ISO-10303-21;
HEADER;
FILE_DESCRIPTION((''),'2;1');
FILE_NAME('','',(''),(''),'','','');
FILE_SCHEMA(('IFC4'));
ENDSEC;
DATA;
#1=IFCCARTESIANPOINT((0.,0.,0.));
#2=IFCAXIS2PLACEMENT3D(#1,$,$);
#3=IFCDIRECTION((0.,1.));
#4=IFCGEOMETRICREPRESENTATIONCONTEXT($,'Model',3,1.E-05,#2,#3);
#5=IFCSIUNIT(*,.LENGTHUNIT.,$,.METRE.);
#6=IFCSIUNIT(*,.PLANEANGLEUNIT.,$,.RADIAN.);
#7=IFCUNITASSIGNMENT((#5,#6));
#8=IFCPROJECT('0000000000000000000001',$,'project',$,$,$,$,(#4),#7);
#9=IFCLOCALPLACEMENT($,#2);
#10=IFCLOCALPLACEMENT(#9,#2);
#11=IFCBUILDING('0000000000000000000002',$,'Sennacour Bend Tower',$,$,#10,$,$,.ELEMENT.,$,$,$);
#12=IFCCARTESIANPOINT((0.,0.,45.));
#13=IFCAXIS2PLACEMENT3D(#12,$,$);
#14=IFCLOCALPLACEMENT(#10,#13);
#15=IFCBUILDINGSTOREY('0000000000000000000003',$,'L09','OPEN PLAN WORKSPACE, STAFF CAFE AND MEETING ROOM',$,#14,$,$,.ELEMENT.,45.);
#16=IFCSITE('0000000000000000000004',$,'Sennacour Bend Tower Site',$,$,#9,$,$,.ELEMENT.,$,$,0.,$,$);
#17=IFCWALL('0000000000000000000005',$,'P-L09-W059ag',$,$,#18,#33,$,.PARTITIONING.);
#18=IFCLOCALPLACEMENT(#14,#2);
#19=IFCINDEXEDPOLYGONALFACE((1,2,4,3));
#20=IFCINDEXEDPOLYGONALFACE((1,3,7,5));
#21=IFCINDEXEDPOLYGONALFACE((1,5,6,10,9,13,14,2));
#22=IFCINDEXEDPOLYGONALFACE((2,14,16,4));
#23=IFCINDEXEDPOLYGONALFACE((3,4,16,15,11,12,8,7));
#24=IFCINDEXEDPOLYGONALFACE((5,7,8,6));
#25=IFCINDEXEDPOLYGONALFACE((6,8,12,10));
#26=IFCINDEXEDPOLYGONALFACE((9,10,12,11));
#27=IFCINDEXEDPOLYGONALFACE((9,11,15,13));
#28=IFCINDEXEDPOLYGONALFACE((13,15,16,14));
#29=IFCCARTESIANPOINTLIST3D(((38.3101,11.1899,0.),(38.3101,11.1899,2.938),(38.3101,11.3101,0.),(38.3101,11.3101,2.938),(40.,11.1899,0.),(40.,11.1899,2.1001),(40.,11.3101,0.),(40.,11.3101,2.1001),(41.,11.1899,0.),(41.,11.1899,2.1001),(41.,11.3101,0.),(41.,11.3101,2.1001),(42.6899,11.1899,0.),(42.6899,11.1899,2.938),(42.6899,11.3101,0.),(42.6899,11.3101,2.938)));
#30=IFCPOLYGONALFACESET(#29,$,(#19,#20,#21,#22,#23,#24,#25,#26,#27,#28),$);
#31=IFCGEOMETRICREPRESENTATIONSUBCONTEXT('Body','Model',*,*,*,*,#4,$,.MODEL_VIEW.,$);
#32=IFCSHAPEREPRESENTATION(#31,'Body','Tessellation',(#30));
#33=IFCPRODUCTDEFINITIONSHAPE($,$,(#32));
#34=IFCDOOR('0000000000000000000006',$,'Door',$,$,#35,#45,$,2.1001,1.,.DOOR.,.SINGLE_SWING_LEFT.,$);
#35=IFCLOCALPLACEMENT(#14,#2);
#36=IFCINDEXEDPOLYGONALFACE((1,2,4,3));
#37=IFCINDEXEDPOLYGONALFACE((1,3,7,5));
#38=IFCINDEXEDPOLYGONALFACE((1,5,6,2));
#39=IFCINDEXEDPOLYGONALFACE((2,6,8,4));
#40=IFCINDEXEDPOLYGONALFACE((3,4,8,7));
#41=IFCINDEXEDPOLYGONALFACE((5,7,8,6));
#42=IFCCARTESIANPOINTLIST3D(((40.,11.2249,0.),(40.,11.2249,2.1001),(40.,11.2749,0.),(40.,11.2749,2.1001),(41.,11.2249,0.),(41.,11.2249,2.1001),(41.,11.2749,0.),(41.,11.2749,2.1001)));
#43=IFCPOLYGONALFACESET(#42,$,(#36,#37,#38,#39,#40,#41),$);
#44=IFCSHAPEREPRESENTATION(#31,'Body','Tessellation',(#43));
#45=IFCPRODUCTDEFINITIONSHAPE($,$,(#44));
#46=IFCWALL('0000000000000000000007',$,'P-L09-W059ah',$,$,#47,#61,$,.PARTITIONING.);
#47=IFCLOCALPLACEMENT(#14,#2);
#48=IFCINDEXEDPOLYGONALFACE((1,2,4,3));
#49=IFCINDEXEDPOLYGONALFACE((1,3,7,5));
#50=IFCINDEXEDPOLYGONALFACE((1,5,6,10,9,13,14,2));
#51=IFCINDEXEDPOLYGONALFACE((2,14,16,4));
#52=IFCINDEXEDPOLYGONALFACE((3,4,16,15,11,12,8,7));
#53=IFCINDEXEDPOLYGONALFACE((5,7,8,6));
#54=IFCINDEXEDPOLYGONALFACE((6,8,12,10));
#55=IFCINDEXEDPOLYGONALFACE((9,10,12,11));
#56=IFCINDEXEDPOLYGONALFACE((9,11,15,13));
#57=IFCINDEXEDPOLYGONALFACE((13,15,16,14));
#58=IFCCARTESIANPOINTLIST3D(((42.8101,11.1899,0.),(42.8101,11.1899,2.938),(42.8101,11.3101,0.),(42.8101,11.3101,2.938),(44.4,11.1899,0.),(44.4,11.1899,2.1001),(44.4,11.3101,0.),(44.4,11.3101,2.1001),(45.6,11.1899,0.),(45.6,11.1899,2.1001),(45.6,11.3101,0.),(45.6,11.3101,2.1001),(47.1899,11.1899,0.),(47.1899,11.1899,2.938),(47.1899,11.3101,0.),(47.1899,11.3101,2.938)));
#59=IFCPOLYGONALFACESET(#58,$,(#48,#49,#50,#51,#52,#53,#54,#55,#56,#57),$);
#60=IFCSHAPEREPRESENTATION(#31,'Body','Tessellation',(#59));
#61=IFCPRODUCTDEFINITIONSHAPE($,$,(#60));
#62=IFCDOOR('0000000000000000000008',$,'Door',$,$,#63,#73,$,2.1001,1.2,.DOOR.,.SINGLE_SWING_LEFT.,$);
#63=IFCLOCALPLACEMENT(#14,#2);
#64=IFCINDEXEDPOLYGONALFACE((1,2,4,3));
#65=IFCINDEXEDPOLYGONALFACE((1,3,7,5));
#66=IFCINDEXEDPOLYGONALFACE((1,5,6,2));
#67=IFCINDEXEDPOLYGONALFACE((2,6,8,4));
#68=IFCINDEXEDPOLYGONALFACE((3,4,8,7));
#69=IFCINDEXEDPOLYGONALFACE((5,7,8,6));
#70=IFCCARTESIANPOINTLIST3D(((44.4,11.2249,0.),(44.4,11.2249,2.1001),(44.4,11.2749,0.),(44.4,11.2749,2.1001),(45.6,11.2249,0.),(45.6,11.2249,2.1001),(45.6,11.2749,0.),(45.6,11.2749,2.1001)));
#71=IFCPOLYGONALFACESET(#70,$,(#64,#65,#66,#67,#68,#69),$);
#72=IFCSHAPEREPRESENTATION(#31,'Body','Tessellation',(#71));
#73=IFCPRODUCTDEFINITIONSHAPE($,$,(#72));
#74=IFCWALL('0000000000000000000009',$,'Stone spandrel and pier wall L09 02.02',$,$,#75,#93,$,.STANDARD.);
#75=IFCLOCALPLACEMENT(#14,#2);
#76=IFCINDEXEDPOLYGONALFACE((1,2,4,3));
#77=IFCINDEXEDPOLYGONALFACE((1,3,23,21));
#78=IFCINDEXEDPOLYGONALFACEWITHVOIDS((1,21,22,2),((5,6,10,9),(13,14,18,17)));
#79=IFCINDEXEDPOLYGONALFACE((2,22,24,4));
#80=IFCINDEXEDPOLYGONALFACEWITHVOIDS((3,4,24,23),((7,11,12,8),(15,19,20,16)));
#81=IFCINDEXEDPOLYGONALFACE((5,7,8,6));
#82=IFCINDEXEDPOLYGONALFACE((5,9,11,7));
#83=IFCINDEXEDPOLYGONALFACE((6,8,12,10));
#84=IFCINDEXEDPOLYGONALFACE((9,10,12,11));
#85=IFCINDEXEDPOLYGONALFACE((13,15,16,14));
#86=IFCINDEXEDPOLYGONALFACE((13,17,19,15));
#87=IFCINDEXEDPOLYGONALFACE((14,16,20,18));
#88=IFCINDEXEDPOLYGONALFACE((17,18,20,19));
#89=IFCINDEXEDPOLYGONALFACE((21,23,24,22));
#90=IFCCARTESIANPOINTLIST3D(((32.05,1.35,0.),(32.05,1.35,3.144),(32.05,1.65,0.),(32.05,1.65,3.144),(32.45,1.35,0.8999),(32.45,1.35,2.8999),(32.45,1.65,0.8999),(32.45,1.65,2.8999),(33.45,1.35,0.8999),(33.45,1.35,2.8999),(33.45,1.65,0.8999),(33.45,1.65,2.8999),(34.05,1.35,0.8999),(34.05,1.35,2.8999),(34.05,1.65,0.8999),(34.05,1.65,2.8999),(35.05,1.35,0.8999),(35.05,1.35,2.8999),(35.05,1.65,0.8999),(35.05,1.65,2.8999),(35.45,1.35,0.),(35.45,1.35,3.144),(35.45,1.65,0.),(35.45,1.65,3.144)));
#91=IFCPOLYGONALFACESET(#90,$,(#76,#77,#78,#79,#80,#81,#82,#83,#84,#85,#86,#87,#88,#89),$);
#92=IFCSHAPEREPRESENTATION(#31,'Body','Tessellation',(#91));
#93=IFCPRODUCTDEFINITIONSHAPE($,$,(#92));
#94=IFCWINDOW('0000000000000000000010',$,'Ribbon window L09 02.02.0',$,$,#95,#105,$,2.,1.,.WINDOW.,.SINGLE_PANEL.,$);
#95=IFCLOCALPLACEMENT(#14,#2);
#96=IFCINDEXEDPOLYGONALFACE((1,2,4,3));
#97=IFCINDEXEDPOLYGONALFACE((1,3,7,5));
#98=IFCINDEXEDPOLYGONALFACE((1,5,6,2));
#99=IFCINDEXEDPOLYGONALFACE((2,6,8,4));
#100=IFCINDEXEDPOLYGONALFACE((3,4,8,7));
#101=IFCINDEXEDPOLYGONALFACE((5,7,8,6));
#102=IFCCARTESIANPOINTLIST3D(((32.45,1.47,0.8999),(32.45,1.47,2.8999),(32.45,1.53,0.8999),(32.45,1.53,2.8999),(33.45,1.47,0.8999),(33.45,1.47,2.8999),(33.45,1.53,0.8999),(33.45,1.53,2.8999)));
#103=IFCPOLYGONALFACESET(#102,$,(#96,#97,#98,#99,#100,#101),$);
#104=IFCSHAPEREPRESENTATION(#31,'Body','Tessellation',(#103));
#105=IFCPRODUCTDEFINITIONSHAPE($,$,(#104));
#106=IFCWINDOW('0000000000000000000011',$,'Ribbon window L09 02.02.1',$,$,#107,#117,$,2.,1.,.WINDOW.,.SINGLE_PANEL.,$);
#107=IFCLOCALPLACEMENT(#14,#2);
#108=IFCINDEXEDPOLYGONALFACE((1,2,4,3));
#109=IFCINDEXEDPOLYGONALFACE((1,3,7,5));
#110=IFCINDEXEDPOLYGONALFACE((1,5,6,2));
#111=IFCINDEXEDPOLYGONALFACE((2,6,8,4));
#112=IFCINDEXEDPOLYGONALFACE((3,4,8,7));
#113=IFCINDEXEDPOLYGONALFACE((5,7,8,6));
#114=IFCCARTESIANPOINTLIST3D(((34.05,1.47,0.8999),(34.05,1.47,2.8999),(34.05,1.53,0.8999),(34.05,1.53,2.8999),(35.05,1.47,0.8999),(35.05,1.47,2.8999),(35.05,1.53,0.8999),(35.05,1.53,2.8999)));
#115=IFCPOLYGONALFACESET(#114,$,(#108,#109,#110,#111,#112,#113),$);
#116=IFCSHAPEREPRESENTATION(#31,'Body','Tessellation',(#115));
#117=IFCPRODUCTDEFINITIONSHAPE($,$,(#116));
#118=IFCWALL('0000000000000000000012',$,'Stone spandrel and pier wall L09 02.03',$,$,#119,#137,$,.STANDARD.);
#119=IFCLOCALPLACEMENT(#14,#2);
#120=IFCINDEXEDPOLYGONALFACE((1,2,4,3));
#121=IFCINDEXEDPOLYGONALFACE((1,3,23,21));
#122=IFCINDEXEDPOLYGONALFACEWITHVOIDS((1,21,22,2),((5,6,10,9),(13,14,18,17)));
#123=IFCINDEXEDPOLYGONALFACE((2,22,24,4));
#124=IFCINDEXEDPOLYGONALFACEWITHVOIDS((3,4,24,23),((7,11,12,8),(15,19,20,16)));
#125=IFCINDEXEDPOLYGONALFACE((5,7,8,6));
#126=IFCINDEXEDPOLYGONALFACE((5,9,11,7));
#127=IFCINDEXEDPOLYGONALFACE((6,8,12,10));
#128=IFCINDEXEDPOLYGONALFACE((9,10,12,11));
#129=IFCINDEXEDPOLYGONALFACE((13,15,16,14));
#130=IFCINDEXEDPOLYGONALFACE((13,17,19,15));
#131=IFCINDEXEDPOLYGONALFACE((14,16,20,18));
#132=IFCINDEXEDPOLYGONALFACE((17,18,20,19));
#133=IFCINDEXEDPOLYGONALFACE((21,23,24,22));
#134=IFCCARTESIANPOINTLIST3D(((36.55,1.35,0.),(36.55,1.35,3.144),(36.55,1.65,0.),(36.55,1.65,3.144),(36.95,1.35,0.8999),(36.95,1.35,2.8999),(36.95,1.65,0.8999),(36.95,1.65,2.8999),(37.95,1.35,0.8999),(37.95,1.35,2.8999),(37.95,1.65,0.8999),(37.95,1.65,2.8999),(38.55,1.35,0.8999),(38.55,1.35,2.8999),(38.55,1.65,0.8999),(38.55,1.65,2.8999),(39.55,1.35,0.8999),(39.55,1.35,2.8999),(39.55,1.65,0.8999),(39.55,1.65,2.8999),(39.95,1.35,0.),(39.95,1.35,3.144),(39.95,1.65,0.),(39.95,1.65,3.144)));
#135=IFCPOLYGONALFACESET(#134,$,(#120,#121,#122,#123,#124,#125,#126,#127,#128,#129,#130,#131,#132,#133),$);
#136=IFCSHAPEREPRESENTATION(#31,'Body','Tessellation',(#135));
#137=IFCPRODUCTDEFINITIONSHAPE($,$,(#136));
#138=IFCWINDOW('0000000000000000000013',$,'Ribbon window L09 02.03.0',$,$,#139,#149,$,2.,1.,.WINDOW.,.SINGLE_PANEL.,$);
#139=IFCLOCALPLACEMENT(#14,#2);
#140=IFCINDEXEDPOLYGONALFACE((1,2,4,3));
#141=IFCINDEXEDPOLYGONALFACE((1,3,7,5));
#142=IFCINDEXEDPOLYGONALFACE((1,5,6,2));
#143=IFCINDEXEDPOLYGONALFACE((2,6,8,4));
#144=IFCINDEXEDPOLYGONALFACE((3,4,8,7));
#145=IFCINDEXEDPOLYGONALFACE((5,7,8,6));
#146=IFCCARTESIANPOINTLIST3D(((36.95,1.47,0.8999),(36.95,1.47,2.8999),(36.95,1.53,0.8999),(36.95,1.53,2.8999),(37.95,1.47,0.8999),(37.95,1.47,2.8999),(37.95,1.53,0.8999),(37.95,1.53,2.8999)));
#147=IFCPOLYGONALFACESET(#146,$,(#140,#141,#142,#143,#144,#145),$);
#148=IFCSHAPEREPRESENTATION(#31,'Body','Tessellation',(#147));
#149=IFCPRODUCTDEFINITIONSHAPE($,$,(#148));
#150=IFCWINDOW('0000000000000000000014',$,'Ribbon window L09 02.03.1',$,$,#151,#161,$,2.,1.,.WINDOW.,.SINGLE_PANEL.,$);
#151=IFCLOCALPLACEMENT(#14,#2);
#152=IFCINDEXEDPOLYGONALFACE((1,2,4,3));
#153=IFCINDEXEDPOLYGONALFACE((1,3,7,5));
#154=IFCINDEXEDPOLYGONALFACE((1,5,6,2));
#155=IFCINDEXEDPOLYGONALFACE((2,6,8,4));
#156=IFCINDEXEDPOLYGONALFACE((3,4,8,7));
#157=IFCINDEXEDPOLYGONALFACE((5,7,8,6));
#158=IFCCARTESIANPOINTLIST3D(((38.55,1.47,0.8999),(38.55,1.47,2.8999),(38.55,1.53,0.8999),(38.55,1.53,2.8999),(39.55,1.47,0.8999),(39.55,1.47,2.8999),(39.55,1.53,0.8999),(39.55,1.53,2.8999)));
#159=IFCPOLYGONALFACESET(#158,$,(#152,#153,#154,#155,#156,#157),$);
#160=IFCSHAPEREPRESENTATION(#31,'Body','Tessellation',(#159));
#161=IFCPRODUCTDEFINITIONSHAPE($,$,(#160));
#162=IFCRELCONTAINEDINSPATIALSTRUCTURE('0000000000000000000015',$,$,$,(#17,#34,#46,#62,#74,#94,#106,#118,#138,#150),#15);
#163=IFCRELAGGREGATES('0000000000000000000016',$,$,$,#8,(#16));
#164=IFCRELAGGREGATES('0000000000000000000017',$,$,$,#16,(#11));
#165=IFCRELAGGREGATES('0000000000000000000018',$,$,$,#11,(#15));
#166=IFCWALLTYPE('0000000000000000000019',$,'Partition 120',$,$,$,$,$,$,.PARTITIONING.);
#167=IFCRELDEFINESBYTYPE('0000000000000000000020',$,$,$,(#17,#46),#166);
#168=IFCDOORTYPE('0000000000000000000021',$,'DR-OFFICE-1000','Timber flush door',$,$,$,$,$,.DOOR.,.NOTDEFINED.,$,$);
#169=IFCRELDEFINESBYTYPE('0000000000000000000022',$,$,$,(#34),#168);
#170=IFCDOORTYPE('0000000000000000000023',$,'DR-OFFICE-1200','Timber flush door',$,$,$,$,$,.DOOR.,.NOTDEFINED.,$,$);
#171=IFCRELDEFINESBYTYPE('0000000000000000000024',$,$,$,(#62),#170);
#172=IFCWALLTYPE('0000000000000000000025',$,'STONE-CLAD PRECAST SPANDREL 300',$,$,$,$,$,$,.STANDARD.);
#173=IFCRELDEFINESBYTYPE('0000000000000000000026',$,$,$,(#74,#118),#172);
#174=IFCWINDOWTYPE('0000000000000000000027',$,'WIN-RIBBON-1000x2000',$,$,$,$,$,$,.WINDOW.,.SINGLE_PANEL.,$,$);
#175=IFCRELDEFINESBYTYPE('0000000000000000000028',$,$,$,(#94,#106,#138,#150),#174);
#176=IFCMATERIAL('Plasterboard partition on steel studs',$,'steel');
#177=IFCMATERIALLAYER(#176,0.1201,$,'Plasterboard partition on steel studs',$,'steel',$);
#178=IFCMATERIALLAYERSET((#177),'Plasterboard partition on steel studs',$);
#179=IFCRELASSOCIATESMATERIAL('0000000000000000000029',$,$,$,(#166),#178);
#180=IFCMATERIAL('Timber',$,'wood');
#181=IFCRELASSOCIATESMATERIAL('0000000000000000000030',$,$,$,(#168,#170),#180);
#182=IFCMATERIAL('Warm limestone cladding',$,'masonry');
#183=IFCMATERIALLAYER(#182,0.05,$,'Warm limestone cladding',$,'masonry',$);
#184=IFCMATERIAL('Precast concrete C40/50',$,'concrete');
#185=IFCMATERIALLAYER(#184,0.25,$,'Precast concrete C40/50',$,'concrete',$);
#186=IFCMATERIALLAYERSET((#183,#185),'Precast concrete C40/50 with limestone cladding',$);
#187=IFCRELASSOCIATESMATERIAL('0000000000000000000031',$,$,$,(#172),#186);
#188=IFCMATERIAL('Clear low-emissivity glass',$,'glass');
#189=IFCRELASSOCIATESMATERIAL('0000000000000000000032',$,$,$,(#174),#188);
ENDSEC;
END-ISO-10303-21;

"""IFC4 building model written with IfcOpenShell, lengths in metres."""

from ifc_helpers import new_model, si_unit, direction, frame, frame_2d, origin, place, context, subcontext, project, spatial, rectangle, extrude, material, layer, layer_set, type_object, element, fill, save


model = new_model("IFC4")

# Units and contexts
model_context = context("Model", 3, precision=1e-05, world=origin(), true_north=direction((0.0, 1.0)))
body_context = subcontext(model_context, "Body", "Model", "MODEL_VIEW")
ifc_project = project(units=[si_unit("LENGTHUNIT", "METRE"), si_unit("PLANEANGLEUNIT", "RADIAN")], contexts=[model_context])

# Site, building, storey
site_placement = place(None, origin())
site = spatial("IfcSite", under=ifc_project, at=site_placement, Name="Sennacour Bend Tower Site", CompositionType="ELEMENT", RefElevation=0.0)
building_placement = place(site_placement, origin())
building = spatial("IfcBuilding", under=site, at=building_placement, Name="Sennacour Bend Tower", CompositionType="ELEMENT")
storey_placement = place(building_placement, frame((0.0, 0.0, 45.0)))
storey = spatial("IfcBuildingStorey", under=building, at=storey_placement, Name="L09", Description="OPEN PLAN WORKSPACE, STAFF CAFE AND MEETING ROOM", CompositionType="ELEMENT", Elevation=45.0)

# Shared definitions
ifc_material_1 = material(Name="Plasterboard partition on steel studs", Category="steel")
ifc_layer_1 = layer(ifc_material_1, 0.1201, Name="Plasterboard partition on steel studs", Category="steel")
ifc_layer_set_1 = layer_set([ifc_layer_1], Name="Plasterboard partition on steel studs")
wall_type_1 = type_object("IfcWallType", Name="Partition 120", PredefinedType="PARTITIONING", material=ifc_layer_set_1)

# Walls, openings, doors
wall_1_placement = place(storey_placement, frame((38.3101, 11.25, 0.0), z_axis=(0.0, 0.0, 1.0), x_axis=(1.0, 0.0, 0.0)))
wall_1 = element("IfcWall", 1, at=wall_1_placement, inside=storey, type_object=wall_type_1, Name="P-L09-W059ag", PredefinedType="PARTITIONING", context=body_context, shape_type="SweptSolid", body=[
    extrude(rectangle(XDim=4.3799, YDim=0.1201, at=frame_2d((2.1899, 0.0))), origin(), (0.0, 0.0, 1.0), 2.938),
])
opening_1_placement = place(wall_1_placement, frame((1.6899, 0.0, 0.0)))
opening_1 = element("IfcOpeningElement", 2, at=opening_1_placement, cuts=wall_1, PredefinedType="OPENING", context=body_context, shape_type="SweptSolid", body=[
    extrude(rectangle(XDim=1.0, YDim=2.1001, at=frame_2d((0.5, 1.05))), frame((0.0, 0.0701, 0.0), z_axis=(0.0, -1.0, 0.0), x_axis=(1.0, 0.0, 0.0)), (0.0, 0.0, 1.0), 0.1401),
])
ifc_material_2 = material(Name="Timber", Category="wood")
door_type_1 = type_object("IfcDoorType", Name="DR-OFFICE-1000", Description="Timber flush door", OperationType="NOTDEFINED", PredefinedType="DOOR", material=ifc_material_2)
door_1_placement = place(opening_1_placement, origin())
door_1 = element("IfcDoor", 3, at=door_1_placement, inside=storey, type_object=door_type_1, Name="Door", OperationType="SINGLE_SWING_LEFT", OverallHeight=2.1001, OverallWidth=1.0, PredefinedType="DOOR", context=body_context, shape_type="SweptSolid", body=[
    extrude(rectangle(XDim=1.0, YDim=2.1001, at=frame_2d((0.5, 1.05))), frame((0.0, 0.0249, 0.0), z_axis=(0.0, -1.0, 0.0), x_axis=(1.0, 0.0, 0.0)), (0.0, 0.0, 1.0), 0.05),
])
fill(opening_1, door_1)
wall_2_placement = place(storey_placement, frame((42.8101, 11.25, 0.0), z_axis=(0.0, 0.0, 1.0), x_axis=(1.0, 0.0, 0.0)))
wall_2 = element("IfcWall", 4, at=wall_2_placement, inside=storey, type_object=wall_type_1, Name="P-L09-W059ah", PredefinedType="PARTITIONING", context=body_context, shape_type="SweptSolid", body=[
    extrude(rectangle(XDim=4.3799, YDim=0.1201, at=frame_2d((2.1899, 0.0))), origin(), (0.0, 0.0, 1.0), 2.938),
])
opening_2_placement = place(wall_2_placement, frame((1.5898, 0.0, 0.0)))
opening_2 = element("IfcOpeningElement", 5, at=opening_2_placement, cuts=wall_2, PredefinedType="OPENING", context=body_context, shape_type="SweptSolid", body=[
    extrude(rectangle(XDim=1.2, YDim=2.1001, at=frame_2d((0.6001, 1.05))), frame((0.0, 0.0701, 0.0), z_axis=(0.0, -1.0, 0.0), x_axis=(1.0, 0.0, 0.0)), (0.0, 0.0, 1.0), 0.1401),
])
door_type_2 = type_object("IfcDoorType", Name="DR-OFFICE-1200", Description="Timber flush door", OperationType="NOTDEFINED", PredefinedType="DOOR", material=ifc_material_2)
door_2_placement = place(opening_2_placement, origin())
door_2 = element("IfcDoor", 6, at=door_2_placement, inside=storey, type_object=door_type_2, Name="Door", OperationType="SINGLE_SWING_LEFT", OverallHeight=2.1001, OverallWidth=1.2, PredefinedType="DOOR", context=body_context, shape_type="SweptSolid", body=[
    extrude(rectangle(XDim=1.2, YDim=2.1001, at=frame_2d((0.6001, 1.05))), frame((0.0, 0.0249, 0.0), z_axis=(0.0, -1.0, 0.0), x_axis=(1.0, 0.0, 0.0)), (0.0, 0.0, 1.0), 0.05),
])
fill(opening_2, door_2)

# Walls, openings, windows
ifc_material_3 = material(Name="Warm limestone cladding", Category="masonry")
ifc_layer_2 = layer(ifc_material_3, 0.05, Name="Warm limestone cladding", Category="masonry")
ifc_material_4 = material(Name="Precast concrete C40/50", Category="concrete")
ifc_layer_3 = layer(ifc_material_4, 0.25, Name="Precast concrete C40/50", Category="concrete")
ifc_layer_set_2 = layer_set([ifc_layer_2, ifc_layer_3], Name="Precast concrete C40/50 with limestone cladding")
wall_type_2 = type_object("IfcWallType", Name="STONE-CLAD PRECAST SPANDREL 300", PredefinedType="STANDARD", material=ifc_layer_set_2)
wall_3_placement = place(storey_placement, frame((32.05, 1.5, 0.0), z_axis=(0.0, 0.0, 1.0), x_axis=(1.0, 0.0, 0.0)))
wall_3 = element("IfcWall", 7, at=wall_3_placement, inside=storey, type_object=wall_type_2, Name="Stone spandrel and pier wall L09 02.02", PredefinedType="STANDARD", context=body_context, shape_type="SweptSolid", body=[
    extrude(rectangle(XDim=3.3999, YDim=0.3, at=frame_2d((1.7, 0.0))), origin(), (0.0, 0.0, 1.0), 3.144),
])
opening_3_placement = place(wall_3_placement, frame((0.3999, 0.0, 0.8999)))
opening_3 = element("IfcOpeningElement", 8, at=opening_3_placement, cuts=wall_3, PredefinedType="OPENING", context=body_context, shape_type="SweptSolid", body=[
    extrude(rectangle(XDim=1.0, YDim=2.0, at=frame_2d((0.5, 1.0))), frame((0.0, 0.1602, 0.0), z_axis=(0.0, -1.0, 0.0), x_axis=(1.0, 0.0, 0.0)), (0.0, 0.0, 1.0), 0.3201),
])
opening_4_placement = place(wall_3_placement, frame((2.0, 0.0, 0.8999)))
opening_4 = element("IfcOpeningElement", 9, at=opening_4_placement, cuts=wall_3, PredefinedType="OPENING", context=body_context, shape_type="SweptSolid", body=[
    extrude(rectangle(XDim=1.0, YDim=2.0, at=frame_2d((0.5, 1.0))), frame((0.0, 0.1602, 0.0), z_axis=(0.0, -1.0, 0.0), x_axis=(1.0, 0.0, 0.0)), (0.0, 0.0, 1.0), 0.3201),
])
ifc_material_5 = material(Name="Clear low-emissivity glass", Category="glass")
window_type = type_object("IfcWindowType", Name="WIN-RIBBON-1000x2000", PartitioningType="SINGLE_PANEL", PredefinedType="WINDOW", material=ifc_material_5)
window_1_placement = place(opening_3_placement, origin())
window_1 = element("IfcWindow", 10, at=window_1_placement, inside=storey, type_object=window_type, Name="Ribbon window L09 02.02.0", OverallHeight=2.0, OverallWidth=1.0, PartitioningType="SINGLE_PANEL", PredefinedType="WINDOW", context=body_context, shape_type="SweptSolid", body=[
    extrude(rectangle(XDim=1.0, YDim=2.0, at=frame_2d((0.5, 1.0))), frame((0.0, 0.03, 0.0), z_axis=(0.0, -1.0, 0.0), x_axis=(1.0, 0.0, 0.0)), (0.0, 0.0, 1.0), 0.0601),
])
fill(opening_3, window_1)
window_2_placement = place(opening_4_placement, origin())
window_2 = element("IfcWindow", 11, at=window_2_placement, inside=storey, type_object=window_type, Name="Ribbon window L09 02.02.1", OverallHeight=2.0, OverallWidth=1.0, PartitioningType="SINGLE_PANEL", PredefinedType="WINDOW", context=body_context, shape_type="SweptSolid", body=[
    extrude(rectangle(XDim=1.0, YDim=2.0, at=frame_2d((0.5, 1.0))), frame((0.0, 0.03, 0.0), z_axis=(0.0, -1.0, 0.0), x_axis=(1.0, 0.0, 0.0)), (0.0, 0.0, 1.0), 0.0601),
])
fill(opening_4, window_2)
wall_4_placement = place(storey_placement, frame((36.55, 1.5, 0.0), z_axis=(0.0, 0.0, 1.0), x_axis=(1.0, 0.0, 0.0)))
wall_4 = element("IfcWall", 12, at=wall_4_placement, inside=storey, type_object=wall_type_2, Name="Stone spandrel and pier wall L09 02.03", PredefinedType="STANDARD", context=body_context, shape_type="SweptSolid", body=[
    extrude(rectangle(XDim=3.3999, YDim=0.3, at=frame_2d((1.7, 0.0))), origin(), (0.0, 0.0, 1.0), 3.144),
])
opening_5_placement = place(wall_4_placement, frame((0.3999, 0.0, 0.8999)))
opening_5 = element("IfcOpeningElement", 13, at=opening_5_placement, cuts=wall_4, PredefinedType="OPENING", context=body_context, shape_type="SweptSolid", body=[
    extrude(rectangle(XDim=1.0, YDim=2.0, at=frame_2d((0.5, 1.0))), frame((0.0, 0.1602, 0.0), z_axis=(0.0, -1.0, 0.0), x_axis=(1.0, 0.0, 0.0)), (0.0, 0.0, 1.0), 0.3201),
])
opening_6_placement = place(wall_4_placement, frame((2.0, 0.0, 0.8999)))
opening_6 = element("IfcOpeningElement", 14, at=opening_6_placement, cuts=wall_4, PredefinedType="OPENING", context=body_context, shape_type="SweptSolid", body=[
    extrude(rectangle(XDim=1.0, YDim=2.0, at=frame_2d((0.5, 1.0))), frame((0.0, 0.1602, 0.0), z_axis=(0.0, -1.0, 0.0), x_axis=(1.0, 0.0, 0.0)), (0.0, 0.0, 1.0), 0.3201),
])
window_3_placement = place(opening_5_placement, origin())
window_3 = element("IfcWindow", 15, at=window_3_placement, inside=storey, type_object=window_type, Name="Ribbon window L09 02.03.0", OverallHeight=2.0, OverallWidth=1.0, PartitioningType="SINGLE_PANEL", PredefinedType="WINDOW", context=body_context, shape_type="SweptSolid", body=[
    extrude(rectangle(XDim=1.0, YDim=2.0, at=frame_2d((0.5, 1.0))), frame((0.0, 0.03, 0.0), z_axis=(0.0, -1.0, 0.0), x_axis=(1.0, 0.0, 0.0)), (0.0, 0.0, 1.0), 0.0601),
])
fill(opening_5, window_3)
window_4_placement = place(opening_6_placement, origin())
window_4 = element("IfcWindow", 16, at=window_4_placement, inside=storey, type_object=window_type, Name="Ribbon window L09 02.03.1", OverallHeight=2.0, OverallWidth=1.0, PartitioningType="SINGLE_PANEL", PredefinedType="WINDOW", context=body_context, shape_type="SweptSolid", body=[
    extrude(rectangle(XDim=1.0, YDim=2.0, at=frame_2d((0.5, 1.0))), frame((0.0, 0.03, 0.0), z_axis=(0.0, -1.0, 0.0), x_axis=(1.0, 0.0, 0.0)), (0.0, 0.0, 1.0), 0.0601),
])
fill(opening_6, window_4)

save(model, "model.ifc")
